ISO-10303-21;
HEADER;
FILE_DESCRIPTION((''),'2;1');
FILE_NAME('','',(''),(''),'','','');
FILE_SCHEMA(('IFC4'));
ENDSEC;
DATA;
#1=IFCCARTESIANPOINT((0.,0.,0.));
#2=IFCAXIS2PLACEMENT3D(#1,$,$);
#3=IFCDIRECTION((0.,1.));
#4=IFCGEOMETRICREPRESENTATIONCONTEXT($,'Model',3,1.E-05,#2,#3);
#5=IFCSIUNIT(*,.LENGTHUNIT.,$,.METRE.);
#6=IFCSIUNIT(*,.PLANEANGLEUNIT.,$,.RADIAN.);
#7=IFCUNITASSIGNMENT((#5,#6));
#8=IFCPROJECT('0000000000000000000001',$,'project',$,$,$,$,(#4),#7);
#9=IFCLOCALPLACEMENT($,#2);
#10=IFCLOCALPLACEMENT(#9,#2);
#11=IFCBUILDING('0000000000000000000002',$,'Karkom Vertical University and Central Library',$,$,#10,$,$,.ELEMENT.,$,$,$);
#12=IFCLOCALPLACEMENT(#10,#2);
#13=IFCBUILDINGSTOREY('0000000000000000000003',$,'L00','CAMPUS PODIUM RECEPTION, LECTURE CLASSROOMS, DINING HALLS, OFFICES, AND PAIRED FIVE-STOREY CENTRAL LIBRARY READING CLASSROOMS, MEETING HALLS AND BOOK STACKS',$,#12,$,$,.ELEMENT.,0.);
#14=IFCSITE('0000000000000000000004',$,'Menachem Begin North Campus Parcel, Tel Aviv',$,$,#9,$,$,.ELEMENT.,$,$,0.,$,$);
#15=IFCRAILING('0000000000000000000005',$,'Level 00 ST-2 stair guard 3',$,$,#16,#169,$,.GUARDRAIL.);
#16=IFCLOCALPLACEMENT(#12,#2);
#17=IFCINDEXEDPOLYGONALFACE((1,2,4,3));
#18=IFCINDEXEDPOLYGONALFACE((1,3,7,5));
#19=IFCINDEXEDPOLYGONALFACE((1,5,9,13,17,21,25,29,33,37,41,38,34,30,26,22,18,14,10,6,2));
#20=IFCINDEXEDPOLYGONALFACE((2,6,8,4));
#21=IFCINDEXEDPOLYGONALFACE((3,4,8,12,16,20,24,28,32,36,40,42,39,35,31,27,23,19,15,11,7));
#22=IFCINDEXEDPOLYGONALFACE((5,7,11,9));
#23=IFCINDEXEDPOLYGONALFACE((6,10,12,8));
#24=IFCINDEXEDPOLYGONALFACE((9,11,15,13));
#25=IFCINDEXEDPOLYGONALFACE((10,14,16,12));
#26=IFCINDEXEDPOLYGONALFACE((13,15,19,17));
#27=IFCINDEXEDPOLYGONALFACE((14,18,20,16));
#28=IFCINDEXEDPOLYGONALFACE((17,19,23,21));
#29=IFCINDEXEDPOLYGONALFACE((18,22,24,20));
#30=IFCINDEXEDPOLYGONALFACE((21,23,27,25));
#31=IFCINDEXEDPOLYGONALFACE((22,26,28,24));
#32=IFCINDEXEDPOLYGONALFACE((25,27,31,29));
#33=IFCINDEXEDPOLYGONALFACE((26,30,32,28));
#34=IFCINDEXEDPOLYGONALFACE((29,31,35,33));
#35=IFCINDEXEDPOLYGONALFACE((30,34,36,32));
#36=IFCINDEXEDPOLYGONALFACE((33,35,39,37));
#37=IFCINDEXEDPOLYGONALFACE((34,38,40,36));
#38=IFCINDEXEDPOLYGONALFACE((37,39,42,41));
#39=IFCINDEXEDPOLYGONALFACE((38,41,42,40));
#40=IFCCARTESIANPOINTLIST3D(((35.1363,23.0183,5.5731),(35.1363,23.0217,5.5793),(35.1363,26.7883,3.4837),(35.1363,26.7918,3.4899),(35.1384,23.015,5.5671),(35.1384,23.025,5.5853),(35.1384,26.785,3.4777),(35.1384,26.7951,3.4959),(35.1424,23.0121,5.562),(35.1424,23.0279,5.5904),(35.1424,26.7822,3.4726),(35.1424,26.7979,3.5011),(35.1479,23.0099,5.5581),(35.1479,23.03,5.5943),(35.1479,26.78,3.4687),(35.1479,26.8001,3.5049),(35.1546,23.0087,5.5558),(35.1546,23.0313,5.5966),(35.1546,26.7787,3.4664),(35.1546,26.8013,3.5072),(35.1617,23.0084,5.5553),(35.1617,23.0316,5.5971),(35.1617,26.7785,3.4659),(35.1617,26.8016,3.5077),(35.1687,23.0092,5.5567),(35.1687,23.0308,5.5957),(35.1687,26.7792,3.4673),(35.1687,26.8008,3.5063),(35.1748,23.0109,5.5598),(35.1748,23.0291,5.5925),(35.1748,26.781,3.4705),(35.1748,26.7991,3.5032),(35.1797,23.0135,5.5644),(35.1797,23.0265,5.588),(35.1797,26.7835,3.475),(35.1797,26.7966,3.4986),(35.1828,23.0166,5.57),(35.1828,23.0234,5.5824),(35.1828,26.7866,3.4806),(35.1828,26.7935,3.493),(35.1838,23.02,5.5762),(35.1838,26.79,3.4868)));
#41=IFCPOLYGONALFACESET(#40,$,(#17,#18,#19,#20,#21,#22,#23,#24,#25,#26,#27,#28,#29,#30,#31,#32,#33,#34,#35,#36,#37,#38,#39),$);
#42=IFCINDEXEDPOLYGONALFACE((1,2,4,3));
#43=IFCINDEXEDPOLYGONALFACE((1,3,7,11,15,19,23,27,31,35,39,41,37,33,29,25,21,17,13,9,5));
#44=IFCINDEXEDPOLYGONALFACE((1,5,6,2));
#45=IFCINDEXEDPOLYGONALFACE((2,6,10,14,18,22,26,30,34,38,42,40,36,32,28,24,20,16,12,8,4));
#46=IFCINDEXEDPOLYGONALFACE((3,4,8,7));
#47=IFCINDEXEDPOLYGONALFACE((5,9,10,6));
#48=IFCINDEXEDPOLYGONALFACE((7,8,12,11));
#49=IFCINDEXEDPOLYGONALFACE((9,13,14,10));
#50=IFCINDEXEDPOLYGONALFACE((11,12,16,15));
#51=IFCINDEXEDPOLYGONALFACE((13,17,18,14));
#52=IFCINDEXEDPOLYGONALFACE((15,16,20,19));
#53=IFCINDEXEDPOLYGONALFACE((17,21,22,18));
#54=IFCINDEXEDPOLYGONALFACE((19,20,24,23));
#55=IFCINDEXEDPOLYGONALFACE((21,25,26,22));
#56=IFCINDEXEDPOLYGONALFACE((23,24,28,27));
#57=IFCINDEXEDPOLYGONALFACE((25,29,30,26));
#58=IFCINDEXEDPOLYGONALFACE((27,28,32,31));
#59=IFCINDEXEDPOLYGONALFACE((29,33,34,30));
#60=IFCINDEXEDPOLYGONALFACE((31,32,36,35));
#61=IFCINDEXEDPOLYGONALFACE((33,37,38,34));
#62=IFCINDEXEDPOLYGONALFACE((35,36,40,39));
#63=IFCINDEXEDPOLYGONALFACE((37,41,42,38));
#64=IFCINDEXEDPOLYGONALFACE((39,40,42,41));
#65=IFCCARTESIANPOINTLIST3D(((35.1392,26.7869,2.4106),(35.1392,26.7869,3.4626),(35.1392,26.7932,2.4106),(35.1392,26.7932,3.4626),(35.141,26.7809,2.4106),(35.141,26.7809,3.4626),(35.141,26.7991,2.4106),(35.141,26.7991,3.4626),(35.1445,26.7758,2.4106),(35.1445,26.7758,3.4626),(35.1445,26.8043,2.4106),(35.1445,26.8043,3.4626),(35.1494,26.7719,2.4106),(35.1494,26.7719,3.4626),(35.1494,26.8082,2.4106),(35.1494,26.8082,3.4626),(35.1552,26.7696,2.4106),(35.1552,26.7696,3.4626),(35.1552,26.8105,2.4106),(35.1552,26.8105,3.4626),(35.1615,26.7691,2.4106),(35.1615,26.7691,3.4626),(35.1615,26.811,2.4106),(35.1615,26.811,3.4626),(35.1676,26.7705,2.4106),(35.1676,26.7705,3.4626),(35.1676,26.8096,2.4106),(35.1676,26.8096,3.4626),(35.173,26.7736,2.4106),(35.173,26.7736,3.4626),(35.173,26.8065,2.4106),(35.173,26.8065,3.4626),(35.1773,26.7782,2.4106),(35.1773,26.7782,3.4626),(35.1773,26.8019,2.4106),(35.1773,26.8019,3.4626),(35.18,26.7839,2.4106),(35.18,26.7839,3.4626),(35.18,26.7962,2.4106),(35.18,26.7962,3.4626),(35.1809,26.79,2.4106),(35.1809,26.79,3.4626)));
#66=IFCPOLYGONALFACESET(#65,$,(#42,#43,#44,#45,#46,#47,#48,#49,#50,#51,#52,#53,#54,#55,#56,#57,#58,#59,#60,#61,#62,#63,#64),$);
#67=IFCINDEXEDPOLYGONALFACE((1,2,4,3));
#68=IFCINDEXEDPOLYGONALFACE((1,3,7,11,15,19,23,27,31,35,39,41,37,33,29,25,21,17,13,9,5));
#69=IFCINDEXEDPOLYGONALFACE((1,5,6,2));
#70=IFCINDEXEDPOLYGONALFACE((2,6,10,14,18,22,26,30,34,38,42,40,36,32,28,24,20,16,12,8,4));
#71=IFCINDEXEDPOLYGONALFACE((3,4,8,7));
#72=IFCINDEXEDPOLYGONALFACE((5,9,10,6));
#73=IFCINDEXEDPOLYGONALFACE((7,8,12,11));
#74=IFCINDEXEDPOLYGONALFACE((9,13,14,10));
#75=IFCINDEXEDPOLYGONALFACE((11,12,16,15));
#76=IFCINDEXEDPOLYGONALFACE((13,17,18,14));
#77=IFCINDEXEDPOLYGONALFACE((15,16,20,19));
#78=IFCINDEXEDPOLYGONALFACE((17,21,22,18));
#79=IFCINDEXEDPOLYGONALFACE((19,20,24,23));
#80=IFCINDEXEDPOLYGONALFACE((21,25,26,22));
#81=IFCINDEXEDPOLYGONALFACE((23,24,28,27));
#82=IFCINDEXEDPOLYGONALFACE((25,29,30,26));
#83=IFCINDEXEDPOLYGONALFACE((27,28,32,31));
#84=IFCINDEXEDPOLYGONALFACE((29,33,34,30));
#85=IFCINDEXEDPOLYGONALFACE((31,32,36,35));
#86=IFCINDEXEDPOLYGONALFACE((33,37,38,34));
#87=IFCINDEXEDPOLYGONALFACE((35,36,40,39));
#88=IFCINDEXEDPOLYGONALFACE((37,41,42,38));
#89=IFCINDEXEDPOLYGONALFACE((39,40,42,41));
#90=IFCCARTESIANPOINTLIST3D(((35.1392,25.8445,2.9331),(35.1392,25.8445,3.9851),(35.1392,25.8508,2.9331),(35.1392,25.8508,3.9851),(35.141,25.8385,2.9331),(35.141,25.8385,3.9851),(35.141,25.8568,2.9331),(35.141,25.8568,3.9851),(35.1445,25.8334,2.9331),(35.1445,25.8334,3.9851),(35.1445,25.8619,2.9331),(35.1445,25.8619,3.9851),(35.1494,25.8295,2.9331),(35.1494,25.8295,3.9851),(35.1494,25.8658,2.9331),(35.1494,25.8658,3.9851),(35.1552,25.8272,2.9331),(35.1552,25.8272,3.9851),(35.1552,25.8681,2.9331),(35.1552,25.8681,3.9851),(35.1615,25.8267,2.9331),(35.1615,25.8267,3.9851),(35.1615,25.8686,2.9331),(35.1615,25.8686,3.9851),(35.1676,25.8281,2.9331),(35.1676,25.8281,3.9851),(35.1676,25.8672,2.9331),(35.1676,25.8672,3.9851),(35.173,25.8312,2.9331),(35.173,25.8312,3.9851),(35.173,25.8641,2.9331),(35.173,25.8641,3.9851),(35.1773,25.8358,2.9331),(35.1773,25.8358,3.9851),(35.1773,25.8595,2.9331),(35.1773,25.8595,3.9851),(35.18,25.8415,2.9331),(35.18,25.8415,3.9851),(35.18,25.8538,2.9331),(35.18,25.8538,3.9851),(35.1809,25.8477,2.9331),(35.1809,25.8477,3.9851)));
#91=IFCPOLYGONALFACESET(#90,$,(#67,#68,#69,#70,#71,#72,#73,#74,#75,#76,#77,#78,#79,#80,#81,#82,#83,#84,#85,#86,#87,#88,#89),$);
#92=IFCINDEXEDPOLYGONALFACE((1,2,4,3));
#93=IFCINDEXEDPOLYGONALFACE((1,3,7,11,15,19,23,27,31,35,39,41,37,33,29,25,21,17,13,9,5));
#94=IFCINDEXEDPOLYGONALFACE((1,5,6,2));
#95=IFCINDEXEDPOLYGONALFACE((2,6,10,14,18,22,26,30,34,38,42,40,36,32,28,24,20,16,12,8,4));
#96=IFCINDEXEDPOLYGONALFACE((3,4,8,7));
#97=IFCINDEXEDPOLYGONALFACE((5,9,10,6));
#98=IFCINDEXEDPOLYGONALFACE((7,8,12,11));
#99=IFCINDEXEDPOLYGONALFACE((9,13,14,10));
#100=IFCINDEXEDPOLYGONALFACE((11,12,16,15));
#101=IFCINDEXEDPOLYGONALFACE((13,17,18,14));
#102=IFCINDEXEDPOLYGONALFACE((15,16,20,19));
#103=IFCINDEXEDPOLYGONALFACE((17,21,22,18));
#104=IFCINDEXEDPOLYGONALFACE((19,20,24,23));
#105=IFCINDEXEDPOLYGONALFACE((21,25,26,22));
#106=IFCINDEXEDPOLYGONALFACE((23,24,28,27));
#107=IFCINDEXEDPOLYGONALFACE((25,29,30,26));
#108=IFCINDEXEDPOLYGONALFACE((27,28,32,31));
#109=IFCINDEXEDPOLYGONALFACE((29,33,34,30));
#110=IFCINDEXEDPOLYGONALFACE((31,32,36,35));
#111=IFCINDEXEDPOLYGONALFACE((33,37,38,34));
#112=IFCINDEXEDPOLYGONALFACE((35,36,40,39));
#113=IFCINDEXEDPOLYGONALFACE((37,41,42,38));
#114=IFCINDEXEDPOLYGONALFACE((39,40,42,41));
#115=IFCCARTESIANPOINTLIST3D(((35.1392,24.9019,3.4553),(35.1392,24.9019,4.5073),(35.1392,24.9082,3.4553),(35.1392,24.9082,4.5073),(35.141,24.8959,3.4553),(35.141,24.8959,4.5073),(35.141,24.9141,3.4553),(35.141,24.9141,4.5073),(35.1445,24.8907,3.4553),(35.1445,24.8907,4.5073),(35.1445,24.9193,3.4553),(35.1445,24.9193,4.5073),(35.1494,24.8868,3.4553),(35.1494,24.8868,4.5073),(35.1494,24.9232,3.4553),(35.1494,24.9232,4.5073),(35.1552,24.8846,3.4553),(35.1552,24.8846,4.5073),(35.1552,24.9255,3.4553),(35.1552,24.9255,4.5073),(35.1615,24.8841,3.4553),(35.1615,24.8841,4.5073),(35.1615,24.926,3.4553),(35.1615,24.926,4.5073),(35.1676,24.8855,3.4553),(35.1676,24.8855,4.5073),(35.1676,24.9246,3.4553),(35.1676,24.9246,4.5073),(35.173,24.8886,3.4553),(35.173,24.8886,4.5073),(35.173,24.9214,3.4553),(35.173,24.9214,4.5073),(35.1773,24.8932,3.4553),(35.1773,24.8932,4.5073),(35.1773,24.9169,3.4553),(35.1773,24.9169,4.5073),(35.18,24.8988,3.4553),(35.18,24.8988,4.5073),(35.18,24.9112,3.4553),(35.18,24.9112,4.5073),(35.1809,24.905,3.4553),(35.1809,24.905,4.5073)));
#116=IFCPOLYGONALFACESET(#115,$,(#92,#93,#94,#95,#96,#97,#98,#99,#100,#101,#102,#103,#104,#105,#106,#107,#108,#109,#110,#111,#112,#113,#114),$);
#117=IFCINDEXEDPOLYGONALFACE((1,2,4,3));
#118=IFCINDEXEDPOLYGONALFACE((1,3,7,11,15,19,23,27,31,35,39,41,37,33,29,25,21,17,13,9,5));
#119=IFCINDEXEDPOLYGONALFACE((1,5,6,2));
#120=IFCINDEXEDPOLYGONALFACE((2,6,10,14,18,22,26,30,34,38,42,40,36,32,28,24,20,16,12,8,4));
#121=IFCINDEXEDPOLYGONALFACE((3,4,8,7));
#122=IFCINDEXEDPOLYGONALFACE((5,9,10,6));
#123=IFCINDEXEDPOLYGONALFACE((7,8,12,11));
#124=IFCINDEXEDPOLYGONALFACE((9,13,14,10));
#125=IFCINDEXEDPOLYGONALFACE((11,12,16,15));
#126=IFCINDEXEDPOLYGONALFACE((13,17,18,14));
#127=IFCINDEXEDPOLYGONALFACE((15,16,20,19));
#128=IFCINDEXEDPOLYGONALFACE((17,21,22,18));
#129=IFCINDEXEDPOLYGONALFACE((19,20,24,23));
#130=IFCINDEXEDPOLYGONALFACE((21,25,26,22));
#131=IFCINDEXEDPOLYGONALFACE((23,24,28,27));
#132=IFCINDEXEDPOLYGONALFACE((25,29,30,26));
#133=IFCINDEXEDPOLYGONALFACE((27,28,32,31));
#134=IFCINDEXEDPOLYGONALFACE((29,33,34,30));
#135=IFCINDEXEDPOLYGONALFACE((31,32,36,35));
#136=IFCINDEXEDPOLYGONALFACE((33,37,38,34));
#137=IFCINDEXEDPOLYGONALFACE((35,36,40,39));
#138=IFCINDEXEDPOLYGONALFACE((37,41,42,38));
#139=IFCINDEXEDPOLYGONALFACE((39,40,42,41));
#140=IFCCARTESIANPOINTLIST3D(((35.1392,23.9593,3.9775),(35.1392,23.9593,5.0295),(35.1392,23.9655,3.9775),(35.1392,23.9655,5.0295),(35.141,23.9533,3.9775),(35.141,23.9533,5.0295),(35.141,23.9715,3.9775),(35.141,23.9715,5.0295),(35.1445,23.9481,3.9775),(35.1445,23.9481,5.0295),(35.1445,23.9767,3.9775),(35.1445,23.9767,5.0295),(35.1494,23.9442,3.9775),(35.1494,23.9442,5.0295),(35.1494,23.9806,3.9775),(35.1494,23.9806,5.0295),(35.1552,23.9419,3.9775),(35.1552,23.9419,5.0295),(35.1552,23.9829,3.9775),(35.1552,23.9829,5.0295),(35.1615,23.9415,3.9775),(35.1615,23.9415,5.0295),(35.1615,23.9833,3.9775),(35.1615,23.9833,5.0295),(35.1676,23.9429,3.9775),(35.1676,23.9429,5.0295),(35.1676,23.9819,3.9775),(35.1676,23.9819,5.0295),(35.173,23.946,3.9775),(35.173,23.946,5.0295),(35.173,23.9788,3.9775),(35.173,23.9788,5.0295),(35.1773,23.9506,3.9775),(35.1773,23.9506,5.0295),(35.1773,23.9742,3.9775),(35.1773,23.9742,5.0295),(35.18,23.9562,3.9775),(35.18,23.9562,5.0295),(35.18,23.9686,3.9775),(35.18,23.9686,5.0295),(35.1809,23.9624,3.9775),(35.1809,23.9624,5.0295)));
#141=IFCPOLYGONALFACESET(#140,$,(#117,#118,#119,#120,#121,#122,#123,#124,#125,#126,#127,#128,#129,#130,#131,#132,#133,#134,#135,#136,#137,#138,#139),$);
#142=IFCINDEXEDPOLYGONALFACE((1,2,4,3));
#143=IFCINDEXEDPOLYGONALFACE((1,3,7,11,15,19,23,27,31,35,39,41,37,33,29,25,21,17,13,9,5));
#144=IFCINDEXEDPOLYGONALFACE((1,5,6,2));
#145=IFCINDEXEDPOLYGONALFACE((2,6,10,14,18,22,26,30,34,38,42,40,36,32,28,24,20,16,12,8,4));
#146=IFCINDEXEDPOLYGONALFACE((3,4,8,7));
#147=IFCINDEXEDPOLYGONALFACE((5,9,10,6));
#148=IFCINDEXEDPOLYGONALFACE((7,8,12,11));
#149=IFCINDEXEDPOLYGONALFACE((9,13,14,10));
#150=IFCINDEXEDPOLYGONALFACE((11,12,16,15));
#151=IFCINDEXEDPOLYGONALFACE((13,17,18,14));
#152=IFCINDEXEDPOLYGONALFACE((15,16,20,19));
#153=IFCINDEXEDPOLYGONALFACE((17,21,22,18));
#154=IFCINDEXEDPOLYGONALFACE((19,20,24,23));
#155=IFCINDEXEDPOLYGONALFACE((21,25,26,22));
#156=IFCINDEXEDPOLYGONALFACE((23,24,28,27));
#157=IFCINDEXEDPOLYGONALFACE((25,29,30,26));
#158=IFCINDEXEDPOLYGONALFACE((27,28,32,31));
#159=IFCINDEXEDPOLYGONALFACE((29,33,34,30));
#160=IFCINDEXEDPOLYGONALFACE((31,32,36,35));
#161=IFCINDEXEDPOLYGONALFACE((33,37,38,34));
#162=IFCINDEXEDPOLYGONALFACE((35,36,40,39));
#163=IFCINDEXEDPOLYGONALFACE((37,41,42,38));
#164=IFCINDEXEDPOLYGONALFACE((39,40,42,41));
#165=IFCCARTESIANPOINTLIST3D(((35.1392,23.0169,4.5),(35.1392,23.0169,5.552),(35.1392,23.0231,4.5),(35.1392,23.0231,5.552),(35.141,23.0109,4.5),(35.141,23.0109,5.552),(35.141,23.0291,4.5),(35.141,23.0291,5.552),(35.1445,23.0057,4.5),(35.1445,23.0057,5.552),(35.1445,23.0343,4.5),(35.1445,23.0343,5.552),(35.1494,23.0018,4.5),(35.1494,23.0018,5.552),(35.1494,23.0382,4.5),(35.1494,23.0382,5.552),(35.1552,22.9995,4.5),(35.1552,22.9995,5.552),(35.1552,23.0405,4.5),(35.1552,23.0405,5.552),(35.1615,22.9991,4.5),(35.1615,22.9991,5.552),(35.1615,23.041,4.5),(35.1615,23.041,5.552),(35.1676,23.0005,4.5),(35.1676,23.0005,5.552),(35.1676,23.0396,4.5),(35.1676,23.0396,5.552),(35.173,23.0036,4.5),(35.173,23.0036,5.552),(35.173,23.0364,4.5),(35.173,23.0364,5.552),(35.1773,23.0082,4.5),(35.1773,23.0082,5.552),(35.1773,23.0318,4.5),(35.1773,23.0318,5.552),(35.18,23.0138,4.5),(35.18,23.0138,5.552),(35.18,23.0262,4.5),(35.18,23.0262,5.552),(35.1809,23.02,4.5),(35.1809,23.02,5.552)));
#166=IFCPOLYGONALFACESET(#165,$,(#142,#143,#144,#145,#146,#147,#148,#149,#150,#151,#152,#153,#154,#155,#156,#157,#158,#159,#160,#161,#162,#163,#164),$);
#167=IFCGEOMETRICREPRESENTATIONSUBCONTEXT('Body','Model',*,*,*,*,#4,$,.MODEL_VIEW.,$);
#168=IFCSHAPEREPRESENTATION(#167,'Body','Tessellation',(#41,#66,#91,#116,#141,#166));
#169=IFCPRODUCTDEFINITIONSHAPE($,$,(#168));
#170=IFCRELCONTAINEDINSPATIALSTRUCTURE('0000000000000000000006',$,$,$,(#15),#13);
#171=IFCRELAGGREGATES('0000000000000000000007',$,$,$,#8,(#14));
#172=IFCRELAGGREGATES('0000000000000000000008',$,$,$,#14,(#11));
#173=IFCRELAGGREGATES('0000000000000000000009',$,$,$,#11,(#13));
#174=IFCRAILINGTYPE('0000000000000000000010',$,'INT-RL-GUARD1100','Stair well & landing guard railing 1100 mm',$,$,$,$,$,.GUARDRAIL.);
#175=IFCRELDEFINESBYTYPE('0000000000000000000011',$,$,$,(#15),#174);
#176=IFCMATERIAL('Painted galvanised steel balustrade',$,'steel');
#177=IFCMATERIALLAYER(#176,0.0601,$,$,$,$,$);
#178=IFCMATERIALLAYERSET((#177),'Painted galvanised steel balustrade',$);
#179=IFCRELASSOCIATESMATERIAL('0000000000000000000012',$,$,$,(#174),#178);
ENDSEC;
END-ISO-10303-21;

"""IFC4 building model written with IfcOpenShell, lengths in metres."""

from ifc_helpers import new_model, si_unit, direction, frame, origin, origin_2d, place, context, subcontext, project, spatial, circle, extrude, material, layer, layer_set, type_object, element, save


model = new_model("IFC4")

# Units and contexts
model_context = context("Model", 3, precision=1e-05, world=origin(), true_north=direction((0.0, 1.0)))
body_context = subcontext(model_context, "Body", "Model", "MODEL_VIEW")
ifc_project = project(units=[si_unit("LENGTHUNIT", "METRE"), si_unit("PLANEANGLEUNIT", "RADIAN")], contexts=[model_context])

# Site, building, storey
site_placement = place(None, origin())
site = spatial("IfcSite", under=ifc_project, at=site_placement, Name="Menachem Begin North Campus Parcel, Tel Aviv", CompositionType="ELEMENT", RefElevation=0.0)
building_placement = place(site_placement, origin())
building = spatial("IfcBuilding", under=site, at=building_placement, Name="Karkom Vertical University and Central Library", CompositionType="ELEMENT")
storey_placement = place(building_placement, origin())
storey = spatial("IfcBuildingStorey", under=building, at=storey_placement, Name="L00", Description="CAMPUS PODIUM RECEPTION, LECTURE CLASSROOMS, DINING HALLS, OFFICES, AND PAIRED FIVE-STOREY CENTRAL LIBRARY READING CLASSROOMS, MEETING HALLS AND BOOK STACKS", CompositionType="ELEMENT", Elevation=0.0)

# Railing
ifc_material_1 = material(Name="Painted galvanised steel balustrade", Category="steel")
ifc_layer_1 = layer(ifc_material_1, 0.0601)
ifc_layer_set_1 = layer_set([ifc_layer_1], Name="Painted galvanised steel balustrade")
railing_type_1 = type_object("IfcRailingType", Name="INT-RL-GUARD1100", Description="Stair well & landing guard railing 1100 mm", PredefinedType="GUARDRAIL", material=ifc_layer_set_1)
railing_1_placement = place(storey_placement, frame((35.1599, 26.79, 2.4106)))
element("IfcRailing", 1, at=railing_1_placement, inside=storey, type_object=railing_type_1, Name="Level 00 ST-2 stair guard 3", PredefinedType="GUARDRAIL", context=body_context, shape_type="SweptSolid", body=[
    extrude(circle(Radius=0.0239, at=origin_2d()), frame((0.0, 0.0, 1.0762), z_axis=(0.0, -0.874659, 0.484739), x_axis=(1.0, 0.0, 0.0)), (0.0, 0.0, 1.0), 4.3103),
    extrude(circle(Radius=0.021, at=origin_2d()), origin(), (0.0, 0.0, 1.0), 1.052),
    extrude(circle(Radius=0.021, at=origin_2d()), frame((0.0, -0.9424, 0.5225)), (0.0, 0.0, 1.0), 1.052),
    extrude(circle(Radius=0.021, at=origin_2d()), frame((0.0, -1.885, 1.0447)), (0.0, 0.0, 1.0), 1.052),
    extrude(circle(Radius=0.021, at=origin_2d()), frame((0.0, -2.8276, 1.5669)), (0.0, 0.0, 1.0), 1.052),
    extrude(circle(Radius=0.021, at=origin_2d()), frame((0.0, -3.77, 2.0894)), (0.0, 0.0, 1.0), 1.052),
])

save(model, "model.ifc")
